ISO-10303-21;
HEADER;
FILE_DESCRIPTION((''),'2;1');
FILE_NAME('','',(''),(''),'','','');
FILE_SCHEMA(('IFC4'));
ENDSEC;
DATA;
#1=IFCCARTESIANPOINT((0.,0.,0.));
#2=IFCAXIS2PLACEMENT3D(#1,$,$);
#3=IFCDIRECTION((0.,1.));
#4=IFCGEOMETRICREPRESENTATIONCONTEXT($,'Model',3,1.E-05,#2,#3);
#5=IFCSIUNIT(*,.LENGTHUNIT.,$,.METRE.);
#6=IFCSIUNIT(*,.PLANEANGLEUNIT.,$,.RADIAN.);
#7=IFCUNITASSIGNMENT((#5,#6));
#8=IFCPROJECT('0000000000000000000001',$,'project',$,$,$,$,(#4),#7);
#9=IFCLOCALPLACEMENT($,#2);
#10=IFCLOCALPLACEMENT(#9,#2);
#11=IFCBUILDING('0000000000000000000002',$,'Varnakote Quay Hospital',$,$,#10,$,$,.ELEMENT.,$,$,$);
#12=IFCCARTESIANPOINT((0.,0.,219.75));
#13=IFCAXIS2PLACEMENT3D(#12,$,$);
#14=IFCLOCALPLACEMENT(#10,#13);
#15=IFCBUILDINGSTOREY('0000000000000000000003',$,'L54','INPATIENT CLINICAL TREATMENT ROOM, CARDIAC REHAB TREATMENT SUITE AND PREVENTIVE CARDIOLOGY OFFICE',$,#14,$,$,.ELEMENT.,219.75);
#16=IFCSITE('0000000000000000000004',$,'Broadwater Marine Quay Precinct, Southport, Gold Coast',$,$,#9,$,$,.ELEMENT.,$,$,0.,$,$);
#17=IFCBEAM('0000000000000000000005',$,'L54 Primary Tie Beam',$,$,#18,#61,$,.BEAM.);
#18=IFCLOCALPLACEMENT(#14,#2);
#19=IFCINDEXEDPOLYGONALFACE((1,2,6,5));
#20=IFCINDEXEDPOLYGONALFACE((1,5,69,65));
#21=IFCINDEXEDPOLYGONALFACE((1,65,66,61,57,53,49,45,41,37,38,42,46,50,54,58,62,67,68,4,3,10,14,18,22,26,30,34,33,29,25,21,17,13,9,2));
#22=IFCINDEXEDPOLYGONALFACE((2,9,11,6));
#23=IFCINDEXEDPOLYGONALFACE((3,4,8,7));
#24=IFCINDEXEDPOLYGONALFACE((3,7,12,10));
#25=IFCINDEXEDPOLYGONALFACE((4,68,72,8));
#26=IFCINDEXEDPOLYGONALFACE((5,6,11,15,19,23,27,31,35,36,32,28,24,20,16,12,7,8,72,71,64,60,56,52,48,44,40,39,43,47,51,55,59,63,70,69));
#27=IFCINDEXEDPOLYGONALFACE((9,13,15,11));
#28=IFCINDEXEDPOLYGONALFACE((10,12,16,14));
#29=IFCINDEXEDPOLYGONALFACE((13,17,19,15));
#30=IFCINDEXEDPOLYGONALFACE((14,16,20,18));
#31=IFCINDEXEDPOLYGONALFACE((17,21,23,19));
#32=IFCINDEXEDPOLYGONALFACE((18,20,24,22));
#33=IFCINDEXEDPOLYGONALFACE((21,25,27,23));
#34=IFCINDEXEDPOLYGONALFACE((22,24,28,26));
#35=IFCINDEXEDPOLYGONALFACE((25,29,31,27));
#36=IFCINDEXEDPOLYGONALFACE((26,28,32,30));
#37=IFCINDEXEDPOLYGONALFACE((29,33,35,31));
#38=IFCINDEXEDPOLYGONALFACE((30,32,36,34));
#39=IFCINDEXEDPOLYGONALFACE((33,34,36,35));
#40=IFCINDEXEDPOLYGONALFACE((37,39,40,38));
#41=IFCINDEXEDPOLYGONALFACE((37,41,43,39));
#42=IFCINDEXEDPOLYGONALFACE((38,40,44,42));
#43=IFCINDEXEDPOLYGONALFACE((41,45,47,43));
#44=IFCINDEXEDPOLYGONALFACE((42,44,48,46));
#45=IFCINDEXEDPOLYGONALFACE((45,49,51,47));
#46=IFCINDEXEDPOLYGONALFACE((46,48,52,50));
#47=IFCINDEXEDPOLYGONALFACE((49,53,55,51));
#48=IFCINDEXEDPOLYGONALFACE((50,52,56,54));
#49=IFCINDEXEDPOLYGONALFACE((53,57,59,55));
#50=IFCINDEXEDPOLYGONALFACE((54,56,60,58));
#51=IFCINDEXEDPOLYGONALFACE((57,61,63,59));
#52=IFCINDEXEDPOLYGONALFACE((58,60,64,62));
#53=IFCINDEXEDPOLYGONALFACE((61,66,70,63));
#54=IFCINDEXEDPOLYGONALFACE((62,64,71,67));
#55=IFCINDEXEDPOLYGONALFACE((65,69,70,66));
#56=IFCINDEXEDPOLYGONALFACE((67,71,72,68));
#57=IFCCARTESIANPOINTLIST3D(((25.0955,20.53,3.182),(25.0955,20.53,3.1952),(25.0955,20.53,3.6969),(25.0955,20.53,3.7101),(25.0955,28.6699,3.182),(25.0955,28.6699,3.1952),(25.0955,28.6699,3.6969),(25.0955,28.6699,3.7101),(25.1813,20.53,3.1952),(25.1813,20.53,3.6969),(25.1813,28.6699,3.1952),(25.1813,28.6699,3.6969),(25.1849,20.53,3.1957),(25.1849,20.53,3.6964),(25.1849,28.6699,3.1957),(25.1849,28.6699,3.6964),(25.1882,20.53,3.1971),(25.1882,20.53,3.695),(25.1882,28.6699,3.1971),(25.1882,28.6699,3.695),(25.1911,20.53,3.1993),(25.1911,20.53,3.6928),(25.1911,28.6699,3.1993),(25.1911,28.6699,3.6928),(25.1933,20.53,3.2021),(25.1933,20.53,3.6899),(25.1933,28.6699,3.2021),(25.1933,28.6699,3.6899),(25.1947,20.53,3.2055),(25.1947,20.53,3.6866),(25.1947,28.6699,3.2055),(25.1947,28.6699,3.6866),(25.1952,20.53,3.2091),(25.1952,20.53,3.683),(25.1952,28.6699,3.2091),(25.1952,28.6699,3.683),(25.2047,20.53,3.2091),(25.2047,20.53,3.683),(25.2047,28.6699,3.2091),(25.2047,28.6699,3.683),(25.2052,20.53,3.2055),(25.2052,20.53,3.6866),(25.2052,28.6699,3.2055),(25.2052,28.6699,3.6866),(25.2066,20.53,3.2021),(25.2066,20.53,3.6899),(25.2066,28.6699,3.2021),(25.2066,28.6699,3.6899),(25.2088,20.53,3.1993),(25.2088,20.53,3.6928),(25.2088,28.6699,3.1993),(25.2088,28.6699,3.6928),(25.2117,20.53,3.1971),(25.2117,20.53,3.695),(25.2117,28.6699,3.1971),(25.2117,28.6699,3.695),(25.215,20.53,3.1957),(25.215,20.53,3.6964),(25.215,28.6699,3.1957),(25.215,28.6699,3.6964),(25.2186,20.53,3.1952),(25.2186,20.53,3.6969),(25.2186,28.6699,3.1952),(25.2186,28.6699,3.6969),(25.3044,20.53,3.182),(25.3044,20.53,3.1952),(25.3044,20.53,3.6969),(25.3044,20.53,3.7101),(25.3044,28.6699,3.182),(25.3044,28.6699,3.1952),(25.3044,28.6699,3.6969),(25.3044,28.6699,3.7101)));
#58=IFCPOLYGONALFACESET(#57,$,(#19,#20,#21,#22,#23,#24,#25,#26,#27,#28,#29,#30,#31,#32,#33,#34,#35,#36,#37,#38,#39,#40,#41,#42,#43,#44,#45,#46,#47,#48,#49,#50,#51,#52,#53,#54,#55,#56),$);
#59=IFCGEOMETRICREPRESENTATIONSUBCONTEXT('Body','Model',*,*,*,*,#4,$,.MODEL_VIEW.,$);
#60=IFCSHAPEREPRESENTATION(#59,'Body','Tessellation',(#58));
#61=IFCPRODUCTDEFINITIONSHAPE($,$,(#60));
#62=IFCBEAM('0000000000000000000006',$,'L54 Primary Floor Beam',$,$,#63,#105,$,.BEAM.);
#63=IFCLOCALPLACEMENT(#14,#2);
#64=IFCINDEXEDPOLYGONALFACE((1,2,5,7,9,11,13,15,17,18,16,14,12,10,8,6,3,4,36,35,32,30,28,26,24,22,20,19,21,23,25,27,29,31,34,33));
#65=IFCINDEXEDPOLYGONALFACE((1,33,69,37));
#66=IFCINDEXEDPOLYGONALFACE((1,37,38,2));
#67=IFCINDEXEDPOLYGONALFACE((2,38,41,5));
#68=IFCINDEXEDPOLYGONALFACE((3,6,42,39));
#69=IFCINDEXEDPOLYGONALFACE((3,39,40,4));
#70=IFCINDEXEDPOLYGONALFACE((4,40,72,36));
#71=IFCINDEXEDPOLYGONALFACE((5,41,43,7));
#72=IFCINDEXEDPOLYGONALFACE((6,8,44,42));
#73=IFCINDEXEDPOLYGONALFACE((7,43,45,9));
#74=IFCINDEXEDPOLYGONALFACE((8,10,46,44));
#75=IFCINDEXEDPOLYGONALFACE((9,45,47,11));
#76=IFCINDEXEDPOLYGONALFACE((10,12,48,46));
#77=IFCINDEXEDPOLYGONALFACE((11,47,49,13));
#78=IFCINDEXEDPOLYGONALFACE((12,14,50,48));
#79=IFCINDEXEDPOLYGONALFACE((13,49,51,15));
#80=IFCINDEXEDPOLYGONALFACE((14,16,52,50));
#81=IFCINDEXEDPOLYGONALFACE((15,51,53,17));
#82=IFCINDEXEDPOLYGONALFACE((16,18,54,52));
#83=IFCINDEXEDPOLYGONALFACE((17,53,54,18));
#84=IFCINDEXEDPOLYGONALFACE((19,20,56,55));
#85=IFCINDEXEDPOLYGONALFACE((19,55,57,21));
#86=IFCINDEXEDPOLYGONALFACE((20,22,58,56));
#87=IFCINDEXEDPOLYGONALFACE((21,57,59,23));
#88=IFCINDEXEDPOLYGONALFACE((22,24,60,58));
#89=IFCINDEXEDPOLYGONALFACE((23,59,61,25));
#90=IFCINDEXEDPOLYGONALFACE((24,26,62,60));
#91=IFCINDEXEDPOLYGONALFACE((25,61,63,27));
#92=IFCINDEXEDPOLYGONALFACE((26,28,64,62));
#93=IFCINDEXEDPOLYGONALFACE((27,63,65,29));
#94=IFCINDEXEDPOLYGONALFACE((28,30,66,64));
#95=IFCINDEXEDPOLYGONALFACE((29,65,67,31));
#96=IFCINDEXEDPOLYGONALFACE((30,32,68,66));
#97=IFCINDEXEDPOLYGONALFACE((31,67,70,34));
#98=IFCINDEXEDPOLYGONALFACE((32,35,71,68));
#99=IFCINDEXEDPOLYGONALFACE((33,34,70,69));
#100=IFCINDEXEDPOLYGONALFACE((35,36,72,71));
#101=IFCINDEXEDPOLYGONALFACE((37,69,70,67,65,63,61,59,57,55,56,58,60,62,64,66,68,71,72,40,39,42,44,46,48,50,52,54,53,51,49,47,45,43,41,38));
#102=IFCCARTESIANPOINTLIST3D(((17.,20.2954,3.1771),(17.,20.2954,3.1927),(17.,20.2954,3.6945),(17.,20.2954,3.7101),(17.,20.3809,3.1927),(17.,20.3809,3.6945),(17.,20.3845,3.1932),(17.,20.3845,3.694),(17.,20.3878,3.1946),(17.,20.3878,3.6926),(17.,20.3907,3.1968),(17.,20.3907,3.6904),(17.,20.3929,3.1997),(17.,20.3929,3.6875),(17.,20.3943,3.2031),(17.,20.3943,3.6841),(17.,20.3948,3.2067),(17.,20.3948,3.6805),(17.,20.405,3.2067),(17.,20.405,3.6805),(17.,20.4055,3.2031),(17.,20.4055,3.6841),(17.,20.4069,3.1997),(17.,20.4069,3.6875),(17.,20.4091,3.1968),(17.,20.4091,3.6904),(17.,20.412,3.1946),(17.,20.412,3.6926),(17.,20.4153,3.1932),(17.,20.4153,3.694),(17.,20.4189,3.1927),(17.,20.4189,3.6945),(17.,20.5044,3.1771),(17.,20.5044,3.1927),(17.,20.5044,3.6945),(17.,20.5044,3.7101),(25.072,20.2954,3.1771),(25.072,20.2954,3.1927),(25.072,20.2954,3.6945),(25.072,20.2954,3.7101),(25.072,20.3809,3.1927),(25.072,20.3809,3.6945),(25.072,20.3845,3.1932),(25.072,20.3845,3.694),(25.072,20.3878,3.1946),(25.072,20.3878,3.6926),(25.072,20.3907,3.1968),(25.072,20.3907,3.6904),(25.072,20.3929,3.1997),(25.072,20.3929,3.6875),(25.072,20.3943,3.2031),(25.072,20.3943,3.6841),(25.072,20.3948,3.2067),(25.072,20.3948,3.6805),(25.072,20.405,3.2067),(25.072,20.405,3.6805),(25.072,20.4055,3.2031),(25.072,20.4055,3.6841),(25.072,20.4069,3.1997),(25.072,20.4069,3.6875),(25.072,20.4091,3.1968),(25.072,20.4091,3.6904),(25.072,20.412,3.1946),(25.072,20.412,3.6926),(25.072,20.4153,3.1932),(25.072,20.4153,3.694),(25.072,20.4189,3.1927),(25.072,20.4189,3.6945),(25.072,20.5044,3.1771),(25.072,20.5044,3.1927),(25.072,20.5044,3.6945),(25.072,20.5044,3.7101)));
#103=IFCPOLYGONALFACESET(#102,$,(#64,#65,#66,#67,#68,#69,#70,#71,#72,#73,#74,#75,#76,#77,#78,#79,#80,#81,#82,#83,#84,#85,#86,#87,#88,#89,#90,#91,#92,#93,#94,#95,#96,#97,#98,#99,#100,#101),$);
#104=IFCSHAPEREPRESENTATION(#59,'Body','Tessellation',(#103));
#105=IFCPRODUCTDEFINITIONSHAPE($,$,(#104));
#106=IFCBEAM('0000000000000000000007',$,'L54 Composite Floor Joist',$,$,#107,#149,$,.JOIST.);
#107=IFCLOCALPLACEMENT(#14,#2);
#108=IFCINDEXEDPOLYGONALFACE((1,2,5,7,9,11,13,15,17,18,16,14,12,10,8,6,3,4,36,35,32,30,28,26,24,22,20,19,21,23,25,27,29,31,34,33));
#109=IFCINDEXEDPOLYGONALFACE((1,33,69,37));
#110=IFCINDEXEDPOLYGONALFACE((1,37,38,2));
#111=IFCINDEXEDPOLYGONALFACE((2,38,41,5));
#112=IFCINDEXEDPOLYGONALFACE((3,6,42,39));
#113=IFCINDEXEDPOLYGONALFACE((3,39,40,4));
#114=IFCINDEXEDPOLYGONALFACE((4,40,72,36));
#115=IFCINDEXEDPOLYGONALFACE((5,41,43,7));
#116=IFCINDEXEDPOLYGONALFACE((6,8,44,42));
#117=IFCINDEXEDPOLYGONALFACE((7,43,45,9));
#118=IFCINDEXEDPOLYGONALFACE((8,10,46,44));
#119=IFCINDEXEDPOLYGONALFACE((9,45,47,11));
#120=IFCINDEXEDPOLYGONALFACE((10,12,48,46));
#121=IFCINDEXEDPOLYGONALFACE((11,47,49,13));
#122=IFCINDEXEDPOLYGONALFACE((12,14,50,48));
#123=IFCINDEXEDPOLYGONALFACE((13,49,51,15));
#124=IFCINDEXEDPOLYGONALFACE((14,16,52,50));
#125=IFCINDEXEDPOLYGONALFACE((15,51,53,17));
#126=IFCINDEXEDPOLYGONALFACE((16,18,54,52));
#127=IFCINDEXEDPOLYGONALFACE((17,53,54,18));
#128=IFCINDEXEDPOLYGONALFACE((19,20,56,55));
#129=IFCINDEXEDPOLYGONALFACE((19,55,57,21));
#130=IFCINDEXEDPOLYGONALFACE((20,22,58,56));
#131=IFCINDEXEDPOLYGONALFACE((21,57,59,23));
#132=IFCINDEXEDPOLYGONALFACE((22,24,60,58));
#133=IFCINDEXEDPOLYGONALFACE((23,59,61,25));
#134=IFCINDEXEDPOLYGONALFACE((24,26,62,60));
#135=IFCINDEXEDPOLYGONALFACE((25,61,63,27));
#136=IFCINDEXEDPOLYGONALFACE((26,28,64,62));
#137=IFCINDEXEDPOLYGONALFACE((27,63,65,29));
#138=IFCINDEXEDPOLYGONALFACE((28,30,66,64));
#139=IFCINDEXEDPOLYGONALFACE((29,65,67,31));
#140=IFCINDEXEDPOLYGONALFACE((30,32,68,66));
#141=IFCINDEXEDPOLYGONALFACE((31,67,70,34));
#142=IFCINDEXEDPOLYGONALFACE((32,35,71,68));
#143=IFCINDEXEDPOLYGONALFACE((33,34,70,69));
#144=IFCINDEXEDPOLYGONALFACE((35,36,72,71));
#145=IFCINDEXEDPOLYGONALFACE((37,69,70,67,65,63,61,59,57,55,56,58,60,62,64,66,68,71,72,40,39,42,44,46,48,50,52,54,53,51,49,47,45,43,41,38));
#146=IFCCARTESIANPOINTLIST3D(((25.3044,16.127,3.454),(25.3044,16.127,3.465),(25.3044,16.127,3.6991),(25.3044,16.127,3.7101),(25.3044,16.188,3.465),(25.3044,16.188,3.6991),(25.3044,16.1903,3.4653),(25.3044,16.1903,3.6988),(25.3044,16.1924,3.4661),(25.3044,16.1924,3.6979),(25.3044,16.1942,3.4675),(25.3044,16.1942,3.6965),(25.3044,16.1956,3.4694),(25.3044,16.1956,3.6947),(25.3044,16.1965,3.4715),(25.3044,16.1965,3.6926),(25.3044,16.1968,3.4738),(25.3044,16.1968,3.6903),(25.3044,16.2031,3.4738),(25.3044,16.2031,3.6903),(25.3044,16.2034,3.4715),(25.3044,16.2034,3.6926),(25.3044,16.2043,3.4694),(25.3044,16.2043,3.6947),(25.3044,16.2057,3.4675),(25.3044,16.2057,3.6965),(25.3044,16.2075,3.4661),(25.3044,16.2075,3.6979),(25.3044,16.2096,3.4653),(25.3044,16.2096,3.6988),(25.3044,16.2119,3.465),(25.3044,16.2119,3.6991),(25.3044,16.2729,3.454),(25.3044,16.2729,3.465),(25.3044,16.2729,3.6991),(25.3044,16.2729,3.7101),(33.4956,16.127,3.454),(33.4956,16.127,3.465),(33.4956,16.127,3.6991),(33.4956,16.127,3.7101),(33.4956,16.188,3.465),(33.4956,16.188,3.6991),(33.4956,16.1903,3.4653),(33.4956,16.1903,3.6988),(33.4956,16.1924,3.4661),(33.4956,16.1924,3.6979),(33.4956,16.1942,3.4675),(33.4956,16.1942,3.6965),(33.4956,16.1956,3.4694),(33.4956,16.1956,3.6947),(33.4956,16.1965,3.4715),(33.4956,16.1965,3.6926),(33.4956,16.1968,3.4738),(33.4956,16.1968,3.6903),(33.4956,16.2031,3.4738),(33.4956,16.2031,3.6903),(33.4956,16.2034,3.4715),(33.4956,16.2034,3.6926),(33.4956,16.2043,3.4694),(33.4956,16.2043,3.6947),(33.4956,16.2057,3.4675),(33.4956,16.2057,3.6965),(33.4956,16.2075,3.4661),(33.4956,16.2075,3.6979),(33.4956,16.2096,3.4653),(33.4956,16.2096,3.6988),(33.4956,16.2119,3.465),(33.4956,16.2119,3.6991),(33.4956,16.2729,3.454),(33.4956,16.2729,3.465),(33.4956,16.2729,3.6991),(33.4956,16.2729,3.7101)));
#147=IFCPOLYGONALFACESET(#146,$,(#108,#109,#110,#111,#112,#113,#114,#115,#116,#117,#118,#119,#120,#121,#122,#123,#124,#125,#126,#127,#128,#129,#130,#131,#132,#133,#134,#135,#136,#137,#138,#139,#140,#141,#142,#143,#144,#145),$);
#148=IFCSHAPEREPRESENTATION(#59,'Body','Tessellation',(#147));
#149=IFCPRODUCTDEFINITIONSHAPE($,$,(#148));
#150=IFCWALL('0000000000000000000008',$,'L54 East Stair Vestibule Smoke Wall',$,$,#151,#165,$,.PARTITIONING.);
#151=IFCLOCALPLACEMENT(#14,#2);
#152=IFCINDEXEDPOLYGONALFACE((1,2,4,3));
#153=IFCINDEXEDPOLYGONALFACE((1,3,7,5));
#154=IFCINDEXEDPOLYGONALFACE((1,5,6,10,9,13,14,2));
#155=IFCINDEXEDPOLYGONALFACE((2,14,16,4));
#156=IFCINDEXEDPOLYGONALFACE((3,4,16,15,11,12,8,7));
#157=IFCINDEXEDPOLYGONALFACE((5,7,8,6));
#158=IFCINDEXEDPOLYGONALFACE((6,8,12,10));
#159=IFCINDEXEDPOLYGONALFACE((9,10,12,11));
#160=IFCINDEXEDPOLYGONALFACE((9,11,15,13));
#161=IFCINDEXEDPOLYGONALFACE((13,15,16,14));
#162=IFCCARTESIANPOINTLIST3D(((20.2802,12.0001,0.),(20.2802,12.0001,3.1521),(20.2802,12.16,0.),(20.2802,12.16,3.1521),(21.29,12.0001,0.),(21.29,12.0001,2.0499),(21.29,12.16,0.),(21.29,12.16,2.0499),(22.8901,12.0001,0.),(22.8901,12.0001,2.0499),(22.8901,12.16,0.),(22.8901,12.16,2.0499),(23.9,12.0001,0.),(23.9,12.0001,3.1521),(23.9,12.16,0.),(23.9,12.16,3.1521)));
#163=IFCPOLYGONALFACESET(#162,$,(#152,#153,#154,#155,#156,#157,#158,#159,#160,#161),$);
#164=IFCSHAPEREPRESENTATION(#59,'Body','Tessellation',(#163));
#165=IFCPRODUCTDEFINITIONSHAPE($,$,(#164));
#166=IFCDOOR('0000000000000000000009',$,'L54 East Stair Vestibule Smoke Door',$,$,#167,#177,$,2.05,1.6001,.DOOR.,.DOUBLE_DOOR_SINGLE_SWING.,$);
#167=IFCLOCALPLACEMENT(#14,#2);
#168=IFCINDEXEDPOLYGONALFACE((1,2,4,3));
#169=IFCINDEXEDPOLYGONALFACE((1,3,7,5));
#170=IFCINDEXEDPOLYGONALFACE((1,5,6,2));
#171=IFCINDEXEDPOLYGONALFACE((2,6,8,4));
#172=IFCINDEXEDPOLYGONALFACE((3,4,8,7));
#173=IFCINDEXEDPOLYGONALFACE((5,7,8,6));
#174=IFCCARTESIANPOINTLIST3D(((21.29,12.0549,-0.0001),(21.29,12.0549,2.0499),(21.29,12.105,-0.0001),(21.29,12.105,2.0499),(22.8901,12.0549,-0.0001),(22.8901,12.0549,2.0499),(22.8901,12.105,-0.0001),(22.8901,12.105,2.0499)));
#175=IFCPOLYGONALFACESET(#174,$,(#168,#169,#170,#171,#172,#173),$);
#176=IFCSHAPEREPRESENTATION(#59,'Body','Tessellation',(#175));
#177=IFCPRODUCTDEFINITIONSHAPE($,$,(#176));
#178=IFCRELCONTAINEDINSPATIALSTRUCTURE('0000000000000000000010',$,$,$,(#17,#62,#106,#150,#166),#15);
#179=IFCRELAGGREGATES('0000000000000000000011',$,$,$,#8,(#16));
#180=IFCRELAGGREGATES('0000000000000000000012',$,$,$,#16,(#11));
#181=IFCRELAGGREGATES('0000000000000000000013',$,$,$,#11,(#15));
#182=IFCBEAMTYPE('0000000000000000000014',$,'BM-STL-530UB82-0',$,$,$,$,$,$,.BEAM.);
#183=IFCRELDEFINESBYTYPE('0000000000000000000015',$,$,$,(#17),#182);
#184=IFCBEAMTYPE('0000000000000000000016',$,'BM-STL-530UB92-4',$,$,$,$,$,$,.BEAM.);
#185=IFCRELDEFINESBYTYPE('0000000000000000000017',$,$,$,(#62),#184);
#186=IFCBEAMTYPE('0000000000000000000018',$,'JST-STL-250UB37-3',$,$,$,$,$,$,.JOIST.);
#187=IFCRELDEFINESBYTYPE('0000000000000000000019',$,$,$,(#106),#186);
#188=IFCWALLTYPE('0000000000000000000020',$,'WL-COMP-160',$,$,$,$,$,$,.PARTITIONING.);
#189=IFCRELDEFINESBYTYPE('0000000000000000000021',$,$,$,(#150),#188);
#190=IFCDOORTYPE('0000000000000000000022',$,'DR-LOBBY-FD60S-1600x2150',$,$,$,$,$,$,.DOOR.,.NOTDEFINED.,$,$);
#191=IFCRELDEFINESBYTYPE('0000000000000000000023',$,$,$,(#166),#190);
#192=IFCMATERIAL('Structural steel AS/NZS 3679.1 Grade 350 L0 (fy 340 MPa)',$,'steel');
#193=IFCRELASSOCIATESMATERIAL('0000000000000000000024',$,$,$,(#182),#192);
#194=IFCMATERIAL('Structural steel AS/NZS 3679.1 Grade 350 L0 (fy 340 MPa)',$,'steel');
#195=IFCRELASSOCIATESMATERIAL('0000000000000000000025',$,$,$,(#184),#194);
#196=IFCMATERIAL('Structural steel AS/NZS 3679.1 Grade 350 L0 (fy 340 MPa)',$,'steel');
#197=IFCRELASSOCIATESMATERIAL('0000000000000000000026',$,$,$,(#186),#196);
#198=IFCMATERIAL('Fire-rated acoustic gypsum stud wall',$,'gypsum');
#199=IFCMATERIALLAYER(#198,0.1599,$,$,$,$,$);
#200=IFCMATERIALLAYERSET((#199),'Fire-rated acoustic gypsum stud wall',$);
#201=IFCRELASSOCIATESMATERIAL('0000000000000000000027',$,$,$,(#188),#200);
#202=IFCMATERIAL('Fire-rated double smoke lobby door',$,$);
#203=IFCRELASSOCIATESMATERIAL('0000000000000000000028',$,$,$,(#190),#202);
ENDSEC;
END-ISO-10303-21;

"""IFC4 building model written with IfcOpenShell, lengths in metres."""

from ifc_helpers import new_model, si_unit, direction, frame, frame_2d, origin, origin_2d, place, context, subcontext, project, spatial, rectangle, i_section, extrude, material, layer, layer_set, material_profile, profile_set, type_object, element, fill, save


model = new_model("IFC4")

# Units and contexts
model_context = context("Model", 3, precision=1e-05, world=origin(), true_north=direction((0.0, 1.0)))
body_context = subcontext(model_context, "Body", "Model", "MODEL_VIEW")
ifc_project = project(units=[si_unit("LENGTHUNIT", "METRE"), si_unit("PLANEANGLEUNIT", "RADIAN")], contexts=[model_context])

# Site, building, storey
site_placement = place(None, origin())
site = spatial("IfcSite", under=ifc_project, at=site_placement, Name="Broadwater Marine Quay Precinct, Southport, Gold Coast", CompositionType="ELEMENT", RefElevation=0.0)
building_placement = place(site_placement, origin())
building = spatial("IfcBuilding", under=site, at=building_placement, Name="Varnakote Quay Hospital", CompositionType="ELEMENT")
storey_placement = place(building_placement, frame((0.0, 0.0, 219.75)))
storey = spatial("IfcBuildingStorey", under=building, at=storey_placement, Name="L54", Description="INPATIENT CLINICAL TREATMENT ROOM, CARDIAC REHAB TREATMENT SUITE AND PREVENTIVE CARDIOLOGY OFFICE", CompositionType="ELEMENT", Elevation=219.75)

# Beams
ifc_material_1 = material(Name="Structural steel AS/NZS 3679.1 Grade 350 L0 (fy 340 MPa)", Category="steel")
ifc_material_profile_1 = material_profile(ifc_material_1, i_section(OverallWidth=0.209, OverallDepth=0.5281, WebThickness=0.0095, FlangeThickness=0.0132, FilletRadius=0.0139, at=origin_2d()), Name="530UB82.0")
ifc_profile_set_1 = profile_set([ifc_material_profile_1], Name="Structural steel AS/NZS 3679.1 Grade 350 L0 (fy 340 MPa)")
beam_type_1 = type_object("IfcBeamType", Name="BM-STL-530UB82-0", PredefinedType="BEAM", material=ifc_profile_set_1)
beam_1_placement = place(storey_placement, frame((25.2, 20.53, 3.446), z_axis=(0.0, 1.0, 0.0), x_axis=(-1.0, 0.0, 0.0)))
element("IfcBeam", 1, at=beam_1_placement, inside=storey, type_object=beam_type_1, Name="L54 Primary Tie Beam", PredefinedType="BEAM", context=body_context, shape_type="SweptSolid", body=[
    extrude(i_section(OverallWidth=0.209, OverallDepth=0.5281, WebThickness=0.0095, FlangeThickness=0.0132, FilletRadius=0.0139, at=origin_2d()), origin(), (0.0, 0.0, 1.0), 8.1399),
])
ifc_material_2 = material(Name="Structural steel AS/NZS 3679.1 Grade 350 L0 (fy 340 MPa)", Category="steel")
ifc_material_profile_2 = material_profile(ifc_material_2, i_section(OverallWidth=0.209, OverallDepth=0.533, WebThickness=0.0103, FlangeThickness=0.0156, FilletRadius=0.0139, at=origin_2d()), Name="530UB92.4")
ifc_profile_set_2 = profile_set([ifc_material_profile_2], Name="Structural steel AS/NZS 3679.1 Grade 350 L0 (fy 340 MPa)")
beam_type_2 = type_object("IfcBeamType", Name="BM-STL-530UB92-4", PredefinedType="BEAM", material=ifc_profile_set_2)
beam_2_placement = place(storey_placement, frame((17.0, 20.3999, 3.4436), z_axis=(1.0, 0.0, 0.0), x_axis=(0.0, 1.0, 0.0)))
element("IfcBeam", 2, at=beam_2_placement, inside=storey, type_object=beam_type_2, Name="L54 Primary Floor Beam", PredefinedType="BEAM", context=body_context, shape_type="SweptSolid", body=[
    extrude(i_section(OverallWidth=0.209, OverallDepth=0.533, WebThickness=0.0103, FlangeThickness=0.0156, FilletRadius=0.0139, at=origin_2d()), origin(), (0.0, 0.0, 1.0), 8.072),
])
ifc_material_3 = material(Name="Structural steel AS/NZS 3679.1 Grade 350 L0 (fy 340 MPa)", Category="steel")
ifc_material_profile_3 = material_profile(ifc_material_3, i_section(OverallWidth=0.146, OverallDepth=0.2561, WebThickness=0.0063, FlangeThickness=0.011, FilletRadius=0.0088, at=origin_2d()), Name="250UB37.3")
ifc_profile_set_3 = profile_set([ifc_material_profile_3], Name="Structural steel AS/NZS 3679.1 Grade 350 L0 (fy 340 MPa)")
beam_type_3 = type_object("IfcBeamType", Name="JST-STL-250UB37-3", PredefinedType="JOIST", material=ifc_profile_set_3)
beam_3_placement = place(storey_placement, frame((25.3044, 16.2, 3.582), z_axis=(1.0, 0.0, 0.0), x_axis=(0.0, 1.0, 0.0)))
element("IfcBeam", 3, at=beam_3_placement, inside=storey, type_object=beam_type_3, Name="L54 Composite Floor Joist", PredefinedType="JOIST", context=body_context, shape_type="SweptSolid", body=[
    extrude(i_section(OverallWidth=0.146, OverallDepth=0.2561, WebThickness=0.0063, FlangeThickness=0.011, FilletRadius=0.0088, at=origin_2d()), origin(), (0.0, 0.0, 1.0), 8.1912),
])

# Wall, opening, door
ifc_material_4 = material(Name="Fire-rated acoustic gypsum stud wall", Category="gypsum")
ifc_layer_1 = layer(ifc_material_4, 0.1599)
ifc_layer_set_1 = layer_set([ifc_layer_1], Name="Fire-rated acoustic gypsum stud wall")
wall_type_1 = type_object("IfcWallType", Name="WL-COMP-160", PredefinedType="PARTITIONING", material=ifc_layer_set_1)
wall_1_placement = place(storey_placement, frame((20.28, 12.0801, 0.0), z_axis=(0.0, 0.0, 1.0), x_axis=(1.0, 0.0, 0.0)))
wall_1 = element("IfcWall", 4, at=wall_1_placement, inside=storey, type_object=wall_type_1, Name="L54 East Stair Vestibule Smoke Wall", PredefinedType="PARTITIONING", context=body_context, shape_type="SweptSolid", body=[
    extrude(rectangle(XDim=3.6199, YDim=0.1599, at=frame_2d((1.8101, 0.0))), origin(), (0.0, 0.0, 1.0), 3.1521),
])
opening_1_placement = place(wall_1_placement, frame((1.01, 0.0, 0.0)))
opening_1 = element("IfcOpeningElement", 5, at=opening_1_placement, cuts=wall_1, PredefinedType="OPENING", context=body_context, shape_type="SweptSolid", body=[
    extrude(rectangle(XDim=1.6001, YDim=2.05, at=frame_2d((0.8, 1.0249))), frame((0.0, 0.0898, 0.0), z_axis=(0.0, -1.0, 0.0), x_axis=(1.0, 0.0, 0.0)), (0.0, 0.0, 1.0), 0.1799),
])
ifc_material_5 = material(Name="Fire-rated double smoke lobby door")
door_type_1 = type_object("IfcDoorType", Name="DR-LOBBY-FD60S-1600x2150", OperationType="NOTDEFINED", PredefinedType="DOOR", material=ifc_material_5)
door_1_placement = place(opening_1_placement, origin())
door_1 = element("IfcDoor", 6, at=door_1_placement, inside=storey, type_object=door_type_1, Name="L54 East Stair Vestibule Smoke Door", OperationType="DOUBLE_DOOR_SINGLE_SWING", OverallHeight=2.05, OverallWidth=1.6001, PredefinedType="DOOR", context=body_context, shape_type="SweptSolid", body=[
    extrude(rectangle(XDim=1.6001, YDim=2.05, at=frame_2d((0.8, 1.0249))), frame((0.0, 0.0249, 0.0), z_axis=(0.0, -1.0, 0.0), x_axis=(1.0, 0.0, 0.0)), (0.0, 0.0, 1.0), 0.05),
])
fill(opening_1, door_1)

save(model, "model.ifc")
